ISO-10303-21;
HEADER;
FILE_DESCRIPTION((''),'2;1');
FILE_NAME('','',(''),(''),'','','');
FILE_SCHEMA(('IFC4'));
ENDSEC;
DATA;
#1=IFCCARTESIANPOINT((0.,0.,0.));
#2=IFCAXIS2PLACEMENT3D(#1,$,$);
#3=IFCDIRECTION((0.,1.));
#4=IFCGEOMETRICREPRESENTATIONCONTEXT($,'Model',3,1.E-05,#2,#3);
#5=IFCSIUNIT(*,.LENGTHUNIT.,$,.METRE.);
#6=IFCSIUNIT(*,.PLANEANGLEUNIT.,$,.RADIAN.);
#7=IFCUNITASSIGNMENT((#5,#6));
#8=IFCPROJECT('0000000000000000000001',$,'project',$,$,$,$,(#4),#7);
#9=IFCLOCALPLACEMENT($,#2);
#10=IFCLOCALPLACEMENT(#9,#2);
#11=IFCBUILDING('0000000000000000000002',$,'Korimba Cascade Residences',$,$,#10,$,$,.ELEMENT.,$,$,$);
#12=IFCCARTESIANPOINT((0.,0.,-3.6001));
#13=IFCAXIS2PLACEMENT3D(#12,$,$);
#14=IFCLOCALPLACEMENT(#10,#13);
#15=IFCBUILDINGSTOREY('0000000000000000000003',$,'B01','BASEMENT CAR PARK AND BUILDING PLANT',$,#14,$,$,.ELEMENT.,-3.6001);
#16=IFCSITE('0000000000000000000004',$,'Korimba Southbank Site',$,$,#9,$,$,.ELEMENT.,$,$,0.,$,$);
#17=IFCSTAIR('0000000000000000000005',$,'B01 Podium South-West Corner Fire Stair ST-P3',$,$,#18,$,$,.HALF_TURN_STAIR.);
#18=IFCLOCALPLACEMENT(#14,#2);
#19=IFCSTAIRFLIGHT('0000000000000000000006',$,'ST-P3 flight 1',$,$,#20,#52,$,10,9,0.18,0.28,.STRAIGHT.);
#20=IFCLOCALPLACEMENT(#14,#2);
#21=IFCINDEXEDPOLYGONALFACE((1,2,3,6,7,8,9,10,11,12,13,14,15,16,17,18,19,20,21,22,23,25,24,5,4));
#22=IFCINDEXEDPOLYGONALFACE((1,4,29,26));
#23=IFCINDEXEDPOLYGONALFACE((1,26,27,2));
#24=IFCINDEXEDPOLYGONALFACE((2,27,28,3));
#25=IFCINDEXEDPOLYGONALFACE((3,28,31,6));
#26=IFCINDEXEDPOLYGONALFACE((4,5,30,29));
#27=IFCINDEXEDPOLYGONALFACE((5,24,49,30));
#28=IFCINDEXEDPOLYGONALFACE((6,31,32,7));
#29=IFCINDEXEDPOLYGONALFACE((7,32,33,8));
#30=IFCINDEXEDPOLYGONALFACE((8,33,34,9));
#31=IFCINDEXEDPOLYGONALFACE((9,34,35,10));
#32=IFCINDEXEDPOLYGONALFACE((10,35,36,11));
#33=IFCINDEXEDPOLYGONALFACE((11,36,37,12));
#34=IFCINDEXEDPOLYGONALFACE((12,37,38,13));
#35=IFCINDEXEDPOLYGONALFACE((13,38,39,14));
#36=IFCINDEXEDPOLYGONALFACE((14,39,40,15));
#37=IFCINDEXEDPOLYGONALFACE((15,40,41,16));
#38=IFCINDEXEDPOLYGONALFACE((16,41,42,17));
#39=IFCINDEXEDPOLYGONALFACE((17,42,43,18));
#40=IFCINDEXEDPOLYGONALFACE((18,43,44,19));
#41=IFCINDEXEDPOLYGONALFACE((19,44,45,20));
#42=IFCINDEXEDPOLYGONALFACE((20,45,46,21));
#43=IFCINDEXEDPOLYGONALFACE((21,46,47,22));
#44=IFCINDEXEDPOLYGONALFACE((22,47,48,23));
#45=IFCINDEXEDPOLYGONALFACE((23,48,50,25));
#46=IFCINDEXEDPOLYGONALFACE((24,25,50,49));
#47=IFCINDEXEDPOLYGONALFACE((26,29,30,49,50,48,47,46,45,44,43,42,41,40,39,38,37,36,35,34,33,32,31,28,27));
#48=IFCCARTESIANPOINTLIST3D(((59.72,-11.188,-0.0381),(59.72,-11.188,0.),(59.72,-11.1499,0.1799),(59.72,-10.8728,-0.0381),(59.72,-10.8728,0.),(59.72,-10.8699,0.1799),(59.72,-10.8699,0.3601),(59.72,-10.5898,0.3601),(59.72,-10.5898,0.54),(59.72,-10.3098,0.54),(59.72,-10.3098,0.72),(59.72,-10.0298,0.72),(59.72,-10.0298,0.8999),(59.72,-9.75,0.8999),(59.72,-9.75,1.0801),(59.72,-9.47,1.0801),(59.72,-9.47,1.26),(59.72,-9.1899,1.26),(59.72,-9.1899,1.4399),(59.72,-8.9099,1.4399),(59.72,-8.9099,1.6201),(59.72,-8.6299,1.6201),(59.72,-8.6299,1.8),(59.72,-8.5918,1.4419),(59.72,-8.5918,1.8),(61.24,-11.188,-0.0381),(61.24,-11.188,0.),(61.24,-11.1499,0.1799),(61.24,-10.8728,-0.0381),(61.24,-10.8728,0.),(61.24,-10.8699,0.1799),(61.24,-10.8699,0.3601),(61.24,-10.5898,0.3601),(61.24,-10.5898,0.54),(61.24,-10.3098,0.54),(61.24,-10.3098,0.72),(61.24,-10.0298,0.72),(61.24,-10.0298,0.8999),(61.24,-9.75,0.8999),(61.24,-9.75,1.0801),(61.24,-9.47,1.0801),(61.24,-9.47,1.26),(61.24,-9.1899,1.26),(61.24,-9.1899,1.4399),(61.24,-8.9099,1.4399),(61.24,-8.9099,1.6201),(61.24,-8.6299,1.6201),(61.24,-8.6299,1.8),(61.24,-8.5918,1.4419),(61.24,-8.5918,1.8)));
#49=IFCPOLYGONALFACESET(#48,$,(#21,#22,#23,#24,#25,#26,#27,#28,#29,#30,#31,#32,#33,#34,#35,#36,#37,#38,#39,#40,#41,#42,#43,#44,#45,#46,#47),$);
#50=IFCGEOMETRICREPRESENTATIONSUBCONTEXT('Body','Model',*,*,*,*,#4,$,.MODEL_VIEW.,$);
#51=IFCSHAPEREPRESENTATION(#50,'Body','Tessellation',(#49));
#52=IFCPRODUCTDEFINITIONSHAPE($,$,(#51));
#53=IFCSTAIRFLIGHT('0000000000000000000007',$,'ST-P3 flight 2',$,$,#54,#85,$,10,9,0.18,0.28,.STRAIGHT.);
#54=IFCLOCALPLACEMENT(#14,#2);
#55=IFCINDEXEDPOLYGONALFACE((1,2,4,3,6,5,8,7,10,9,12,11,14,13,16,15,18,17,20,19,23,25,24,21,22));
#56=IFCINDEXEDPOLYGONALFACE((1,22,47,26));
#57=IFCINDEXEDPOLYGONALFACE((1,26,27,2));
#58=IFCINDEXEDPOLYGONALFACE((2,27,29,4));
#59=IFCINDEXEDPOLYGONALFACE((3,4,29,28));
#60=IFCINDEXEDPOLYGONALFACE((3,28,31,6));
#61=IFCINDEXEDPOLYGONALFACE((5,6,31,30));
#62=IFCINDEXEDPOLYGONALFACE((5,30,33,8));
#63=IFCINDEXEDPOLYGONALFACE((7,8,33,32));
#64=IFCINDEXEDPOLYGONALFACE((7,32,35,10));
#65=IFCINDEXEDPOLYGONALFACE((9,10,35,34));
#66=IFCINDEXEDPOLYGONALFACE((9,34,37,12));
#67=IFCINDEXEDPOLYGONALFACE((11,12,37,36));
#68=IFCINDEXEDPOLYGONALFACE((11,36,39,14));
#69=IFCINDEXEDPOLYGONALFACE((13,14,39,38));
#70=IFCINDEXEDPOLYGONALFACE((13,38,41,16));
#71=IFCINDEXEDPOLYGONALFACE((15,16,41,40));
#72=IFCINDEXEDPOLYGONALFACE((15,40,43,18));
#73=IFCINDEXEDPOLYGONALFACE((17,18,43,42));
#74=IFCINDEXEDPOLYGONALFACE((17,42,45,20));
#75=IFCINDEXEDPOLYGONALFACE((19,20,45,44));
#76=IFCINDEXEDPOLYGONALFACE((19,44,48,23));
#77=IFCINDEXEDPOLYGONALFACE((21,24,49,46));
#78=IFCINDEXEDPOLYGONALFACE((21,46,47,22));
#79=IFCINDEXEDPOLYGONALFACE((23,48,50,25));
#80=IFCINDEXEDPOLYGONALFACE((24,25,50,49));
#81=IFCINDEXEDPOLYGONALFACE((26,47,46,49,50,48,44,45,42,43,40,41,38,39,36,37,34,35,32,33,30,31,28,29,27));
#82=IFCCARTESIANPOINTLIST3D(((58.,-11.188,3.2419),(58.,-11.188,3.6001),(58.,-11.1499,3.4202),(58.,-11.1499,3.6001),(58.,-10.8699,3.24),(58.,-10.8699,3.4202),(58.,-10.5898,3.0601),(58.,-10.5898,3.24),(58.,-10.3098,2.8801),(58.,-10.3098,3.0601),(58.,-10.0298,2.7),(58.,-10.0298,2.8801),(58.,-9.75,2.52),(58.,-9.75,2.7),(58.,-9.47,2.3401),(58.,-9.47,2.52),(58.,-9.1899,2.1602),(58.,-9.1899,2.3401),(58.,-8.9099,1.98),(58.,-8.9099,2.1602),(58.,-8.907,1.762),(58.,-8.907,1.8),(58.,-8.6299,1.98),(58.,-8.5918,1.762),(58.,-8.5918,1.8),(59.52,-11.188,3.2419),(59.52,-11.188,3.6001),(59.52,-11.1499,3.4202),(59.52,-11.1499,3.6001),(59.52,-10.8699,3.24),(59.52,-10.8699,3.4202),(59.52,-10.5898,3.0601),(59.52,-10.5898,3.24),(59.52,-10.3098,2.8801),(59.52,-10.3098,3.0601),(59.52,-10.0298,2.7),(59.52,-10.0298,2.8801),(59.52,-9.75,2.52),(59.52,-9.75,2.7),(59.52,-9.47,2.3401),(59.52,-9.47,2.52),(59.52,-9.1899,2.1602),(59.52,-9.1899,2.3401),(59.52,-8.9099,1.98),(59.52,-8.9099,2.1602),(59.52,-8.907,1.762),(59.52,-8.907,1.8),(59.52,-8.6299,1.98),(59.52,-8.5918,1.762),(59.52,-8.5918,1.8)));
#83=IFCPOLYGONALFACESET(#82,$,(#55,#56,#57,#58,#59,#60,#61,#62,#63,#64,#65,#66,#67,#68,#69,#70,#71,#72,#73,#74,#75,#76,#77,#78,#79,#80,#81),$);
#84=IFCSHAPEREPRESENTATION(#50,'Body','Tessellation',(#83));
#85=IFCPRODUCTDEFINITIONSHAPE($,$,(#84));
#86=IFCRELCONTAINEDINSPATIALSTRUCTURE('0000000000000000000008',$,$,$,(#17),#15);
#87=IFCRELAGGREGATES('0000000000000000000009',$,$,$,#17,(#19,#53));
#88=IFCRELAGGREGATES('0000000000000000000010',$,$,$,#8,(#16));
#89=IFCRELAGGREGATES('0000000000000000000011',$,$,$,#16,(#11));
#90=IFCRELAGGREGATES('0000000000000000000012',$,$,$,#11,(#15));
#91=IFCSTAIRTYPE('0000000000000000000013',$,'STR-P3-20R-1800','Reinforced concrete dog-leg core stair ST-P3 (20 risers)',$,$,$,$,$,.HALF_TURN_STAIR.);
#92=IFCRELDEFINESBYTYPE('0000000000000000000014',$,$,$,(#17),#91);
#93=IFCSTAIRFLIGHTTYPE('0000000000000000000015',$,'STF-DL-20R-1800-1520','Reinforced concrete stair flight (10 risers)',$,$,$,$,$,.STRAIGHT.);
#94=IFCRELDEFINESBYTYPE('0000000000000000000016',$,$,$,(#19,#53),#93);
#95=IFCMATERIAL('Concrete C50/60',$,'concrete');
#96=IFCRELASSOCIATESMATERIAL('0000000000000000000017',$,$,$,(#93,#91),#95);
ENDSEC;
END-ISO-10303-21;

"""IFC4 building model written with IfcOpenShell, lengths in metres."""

from ifc_helpers import new_model, si_unit, direction, frame, origin, place, context, subcontext, project, spatial, polyline, outline, extrude, material, type_object, element, aggregate, save


model = new_model("IFC4")

# Units and contexts
model_context = context("Model", 3, precision=1e-05, world=origin(), true_north=direction((0.0, 1.0)))
body_context = subcontext(model_context, "Body", "Model", "MODEL_VIEW")
ifc_project = project(units=[si_unit("LENGTHUNIT", "METRE"), si_unit("PLANEANGLEUNIT", "RADIAN")], contexts=[model_context])

# Site, building, storey
site_placement = place(None, origin())
site = spatial("IfcSite", under=ifc_project, at=site_placement, Name="Korimba Southbank Site", CompositionType="ELEMENT", RefElevation=0.0)
building_placement = place(site_placement, origin())
building = spatial("IfcBuilding", under=site, at=building_placement, Name="Korimba Cascade Residences", CompositionType="ELEMENT")
storey_placement = place(building_placement, frame((0.0, 0.0, -3.6001)))
storey = spatial("IfcBuildingStorey", under=building, at=storey_placement, Name="B01", Description="BASEMENT CAR PARK AND BUILDING PLANT", CompositionType="ELEMENT", Elevation=-3.6001)

# Shared definitions
ifc_material_1 = material(Name="Concrete C50/60", Category="concrete")

# Shared definitions
stair_flight_type = type_object("IfcStairFlightType", Name="STF-DL-20R-1800-1520", Description="Reinforced concrete stair flight (10 risers)", PredefinedType="STRAIGHT", material=ifc_material_1)

# Stair, stair flights
stair_type_1 = type_object("IfcStairType", Name="STR-P3-20R-1800", Description="Reinforced concrete dog-leg core stair ST-P3 (20 risers)", PredefinedType="HALF_TURN_STAIR", material=ifc_material_1)
stair_1_placement = place(storey_placement, origin())
stair_1 = element("IfcStair", 1, at=stair_1_placement, inside=storey, type_object=stair_type_1, Name="B01 Podium South-West Corner Fire Stair ST-P3", PredefinedType="HALF_TURN_STAIR")
stair_flight_1_placement = place(storey_placement, frame((60.48, -11.1499, 0.0), z_axis=(0.0, 0.0, 1.0), x_axis=(0.0, 1.0, 0.0)))
stair_flight_1 = element("IfcStairFlight", 2, at=stair_flight_1_placement, type_object=stair_flight_type, Name="ST-P3 flight 1", NumberOfRisers=10, NumberOfTreads=9, PredefinedType="STRAIGHT", RiserHeight=0.18, TreadLength=0.28, context=body_context, shape_type="SweptSolid", body=[
    extrude(outline(polyline([(-0.0381, 0.0), (0.0, 0.1799), (0.28, 0.1799), (0.28, 0.3601), (0.5601, 0.3601), (0.5601, 0.54), (0.8401, 0.54), (0.8401, 0.72), (1.1201, 0.72), (1.1201, 0.8999), (1.3999, 0.8999), (1.3999, 1.0801), (1.6799, 1.0801), (1.6799, 1.26), (1.96, 1.26), (1.96, 1.4399), (2.24, 1.4399), (2.24, 1.6201), (2.52, 1.6201), (2.52, 1.8), (2.5581, 1.8), (2.5581, 1.4419), (0.2771, 0.0), (0.2771, -0.0381), (-0.0381, -0.0381), (-0.0381, 0.0)])), frame((0.0, 0.76, 0.0), z_axis=(0.0, -1.0, 0.0), x_axis=(1.0, 0.0, 0.0)), (0.0, 0.0, 1.0), 1.52),
])
stair_flight_2_placement = place(storey_placement, frame((58.76, -8.6299, 1.8), z_axis=(0.0, 0.0, 1.0), x_axis=(0.0, -1.0, 0.0)))
stair_flight_2 = element("IfcStairFlight", 3, at=stair_flight_2_placement, type_object=stair_flight_type, Name="ST-P3 flight 2", NumberOfRisers=10, NumberOfTreads=9, PredefinedType="STRAIGHT", RiserHeight=0.18, TreadLength=0.28, context=body_context, shape_type="SweptSolid", body=[
    extrude(outline(polyline([(-0.0381, 0.0), (0.0, 0.1799), (0.28, 0.1799), (0.28, 0.3601), (0.5601, 0.3601), (0.5601, 0.54), (0.8401, 0.54), (0.8401, 0.72), (1.1201, 0.72), (1.1201, 0.8999), (1.3999, 0.8999), (1.3999, 1.0801), (1.6799, 1.0801), (1.6799, 1.26), (1.96, 1.26), (1.96, 1.4399), (2.24, 1.4399), (2.24, 1.6201), (2.52, 1.6201), (2.52, 1.8), (2.5581, 1.8), (2.5581, 1.4419), (0.2771, 0.0), (0.2771, -0.0381), (-0.0381, -0.0381), (-0.0381, 0.0)])), frame((0.0, 0.76, 0.0), z_axis=(0.0, -1.0, 0.0), x_axis=(1.0, 0.0, 0.0)), (0.0, 0.0, 1.0), 1.52),
])
aggregate(stair_1, [stair_flight_1, stair_flight_2])

save(model, "model.ifc")
